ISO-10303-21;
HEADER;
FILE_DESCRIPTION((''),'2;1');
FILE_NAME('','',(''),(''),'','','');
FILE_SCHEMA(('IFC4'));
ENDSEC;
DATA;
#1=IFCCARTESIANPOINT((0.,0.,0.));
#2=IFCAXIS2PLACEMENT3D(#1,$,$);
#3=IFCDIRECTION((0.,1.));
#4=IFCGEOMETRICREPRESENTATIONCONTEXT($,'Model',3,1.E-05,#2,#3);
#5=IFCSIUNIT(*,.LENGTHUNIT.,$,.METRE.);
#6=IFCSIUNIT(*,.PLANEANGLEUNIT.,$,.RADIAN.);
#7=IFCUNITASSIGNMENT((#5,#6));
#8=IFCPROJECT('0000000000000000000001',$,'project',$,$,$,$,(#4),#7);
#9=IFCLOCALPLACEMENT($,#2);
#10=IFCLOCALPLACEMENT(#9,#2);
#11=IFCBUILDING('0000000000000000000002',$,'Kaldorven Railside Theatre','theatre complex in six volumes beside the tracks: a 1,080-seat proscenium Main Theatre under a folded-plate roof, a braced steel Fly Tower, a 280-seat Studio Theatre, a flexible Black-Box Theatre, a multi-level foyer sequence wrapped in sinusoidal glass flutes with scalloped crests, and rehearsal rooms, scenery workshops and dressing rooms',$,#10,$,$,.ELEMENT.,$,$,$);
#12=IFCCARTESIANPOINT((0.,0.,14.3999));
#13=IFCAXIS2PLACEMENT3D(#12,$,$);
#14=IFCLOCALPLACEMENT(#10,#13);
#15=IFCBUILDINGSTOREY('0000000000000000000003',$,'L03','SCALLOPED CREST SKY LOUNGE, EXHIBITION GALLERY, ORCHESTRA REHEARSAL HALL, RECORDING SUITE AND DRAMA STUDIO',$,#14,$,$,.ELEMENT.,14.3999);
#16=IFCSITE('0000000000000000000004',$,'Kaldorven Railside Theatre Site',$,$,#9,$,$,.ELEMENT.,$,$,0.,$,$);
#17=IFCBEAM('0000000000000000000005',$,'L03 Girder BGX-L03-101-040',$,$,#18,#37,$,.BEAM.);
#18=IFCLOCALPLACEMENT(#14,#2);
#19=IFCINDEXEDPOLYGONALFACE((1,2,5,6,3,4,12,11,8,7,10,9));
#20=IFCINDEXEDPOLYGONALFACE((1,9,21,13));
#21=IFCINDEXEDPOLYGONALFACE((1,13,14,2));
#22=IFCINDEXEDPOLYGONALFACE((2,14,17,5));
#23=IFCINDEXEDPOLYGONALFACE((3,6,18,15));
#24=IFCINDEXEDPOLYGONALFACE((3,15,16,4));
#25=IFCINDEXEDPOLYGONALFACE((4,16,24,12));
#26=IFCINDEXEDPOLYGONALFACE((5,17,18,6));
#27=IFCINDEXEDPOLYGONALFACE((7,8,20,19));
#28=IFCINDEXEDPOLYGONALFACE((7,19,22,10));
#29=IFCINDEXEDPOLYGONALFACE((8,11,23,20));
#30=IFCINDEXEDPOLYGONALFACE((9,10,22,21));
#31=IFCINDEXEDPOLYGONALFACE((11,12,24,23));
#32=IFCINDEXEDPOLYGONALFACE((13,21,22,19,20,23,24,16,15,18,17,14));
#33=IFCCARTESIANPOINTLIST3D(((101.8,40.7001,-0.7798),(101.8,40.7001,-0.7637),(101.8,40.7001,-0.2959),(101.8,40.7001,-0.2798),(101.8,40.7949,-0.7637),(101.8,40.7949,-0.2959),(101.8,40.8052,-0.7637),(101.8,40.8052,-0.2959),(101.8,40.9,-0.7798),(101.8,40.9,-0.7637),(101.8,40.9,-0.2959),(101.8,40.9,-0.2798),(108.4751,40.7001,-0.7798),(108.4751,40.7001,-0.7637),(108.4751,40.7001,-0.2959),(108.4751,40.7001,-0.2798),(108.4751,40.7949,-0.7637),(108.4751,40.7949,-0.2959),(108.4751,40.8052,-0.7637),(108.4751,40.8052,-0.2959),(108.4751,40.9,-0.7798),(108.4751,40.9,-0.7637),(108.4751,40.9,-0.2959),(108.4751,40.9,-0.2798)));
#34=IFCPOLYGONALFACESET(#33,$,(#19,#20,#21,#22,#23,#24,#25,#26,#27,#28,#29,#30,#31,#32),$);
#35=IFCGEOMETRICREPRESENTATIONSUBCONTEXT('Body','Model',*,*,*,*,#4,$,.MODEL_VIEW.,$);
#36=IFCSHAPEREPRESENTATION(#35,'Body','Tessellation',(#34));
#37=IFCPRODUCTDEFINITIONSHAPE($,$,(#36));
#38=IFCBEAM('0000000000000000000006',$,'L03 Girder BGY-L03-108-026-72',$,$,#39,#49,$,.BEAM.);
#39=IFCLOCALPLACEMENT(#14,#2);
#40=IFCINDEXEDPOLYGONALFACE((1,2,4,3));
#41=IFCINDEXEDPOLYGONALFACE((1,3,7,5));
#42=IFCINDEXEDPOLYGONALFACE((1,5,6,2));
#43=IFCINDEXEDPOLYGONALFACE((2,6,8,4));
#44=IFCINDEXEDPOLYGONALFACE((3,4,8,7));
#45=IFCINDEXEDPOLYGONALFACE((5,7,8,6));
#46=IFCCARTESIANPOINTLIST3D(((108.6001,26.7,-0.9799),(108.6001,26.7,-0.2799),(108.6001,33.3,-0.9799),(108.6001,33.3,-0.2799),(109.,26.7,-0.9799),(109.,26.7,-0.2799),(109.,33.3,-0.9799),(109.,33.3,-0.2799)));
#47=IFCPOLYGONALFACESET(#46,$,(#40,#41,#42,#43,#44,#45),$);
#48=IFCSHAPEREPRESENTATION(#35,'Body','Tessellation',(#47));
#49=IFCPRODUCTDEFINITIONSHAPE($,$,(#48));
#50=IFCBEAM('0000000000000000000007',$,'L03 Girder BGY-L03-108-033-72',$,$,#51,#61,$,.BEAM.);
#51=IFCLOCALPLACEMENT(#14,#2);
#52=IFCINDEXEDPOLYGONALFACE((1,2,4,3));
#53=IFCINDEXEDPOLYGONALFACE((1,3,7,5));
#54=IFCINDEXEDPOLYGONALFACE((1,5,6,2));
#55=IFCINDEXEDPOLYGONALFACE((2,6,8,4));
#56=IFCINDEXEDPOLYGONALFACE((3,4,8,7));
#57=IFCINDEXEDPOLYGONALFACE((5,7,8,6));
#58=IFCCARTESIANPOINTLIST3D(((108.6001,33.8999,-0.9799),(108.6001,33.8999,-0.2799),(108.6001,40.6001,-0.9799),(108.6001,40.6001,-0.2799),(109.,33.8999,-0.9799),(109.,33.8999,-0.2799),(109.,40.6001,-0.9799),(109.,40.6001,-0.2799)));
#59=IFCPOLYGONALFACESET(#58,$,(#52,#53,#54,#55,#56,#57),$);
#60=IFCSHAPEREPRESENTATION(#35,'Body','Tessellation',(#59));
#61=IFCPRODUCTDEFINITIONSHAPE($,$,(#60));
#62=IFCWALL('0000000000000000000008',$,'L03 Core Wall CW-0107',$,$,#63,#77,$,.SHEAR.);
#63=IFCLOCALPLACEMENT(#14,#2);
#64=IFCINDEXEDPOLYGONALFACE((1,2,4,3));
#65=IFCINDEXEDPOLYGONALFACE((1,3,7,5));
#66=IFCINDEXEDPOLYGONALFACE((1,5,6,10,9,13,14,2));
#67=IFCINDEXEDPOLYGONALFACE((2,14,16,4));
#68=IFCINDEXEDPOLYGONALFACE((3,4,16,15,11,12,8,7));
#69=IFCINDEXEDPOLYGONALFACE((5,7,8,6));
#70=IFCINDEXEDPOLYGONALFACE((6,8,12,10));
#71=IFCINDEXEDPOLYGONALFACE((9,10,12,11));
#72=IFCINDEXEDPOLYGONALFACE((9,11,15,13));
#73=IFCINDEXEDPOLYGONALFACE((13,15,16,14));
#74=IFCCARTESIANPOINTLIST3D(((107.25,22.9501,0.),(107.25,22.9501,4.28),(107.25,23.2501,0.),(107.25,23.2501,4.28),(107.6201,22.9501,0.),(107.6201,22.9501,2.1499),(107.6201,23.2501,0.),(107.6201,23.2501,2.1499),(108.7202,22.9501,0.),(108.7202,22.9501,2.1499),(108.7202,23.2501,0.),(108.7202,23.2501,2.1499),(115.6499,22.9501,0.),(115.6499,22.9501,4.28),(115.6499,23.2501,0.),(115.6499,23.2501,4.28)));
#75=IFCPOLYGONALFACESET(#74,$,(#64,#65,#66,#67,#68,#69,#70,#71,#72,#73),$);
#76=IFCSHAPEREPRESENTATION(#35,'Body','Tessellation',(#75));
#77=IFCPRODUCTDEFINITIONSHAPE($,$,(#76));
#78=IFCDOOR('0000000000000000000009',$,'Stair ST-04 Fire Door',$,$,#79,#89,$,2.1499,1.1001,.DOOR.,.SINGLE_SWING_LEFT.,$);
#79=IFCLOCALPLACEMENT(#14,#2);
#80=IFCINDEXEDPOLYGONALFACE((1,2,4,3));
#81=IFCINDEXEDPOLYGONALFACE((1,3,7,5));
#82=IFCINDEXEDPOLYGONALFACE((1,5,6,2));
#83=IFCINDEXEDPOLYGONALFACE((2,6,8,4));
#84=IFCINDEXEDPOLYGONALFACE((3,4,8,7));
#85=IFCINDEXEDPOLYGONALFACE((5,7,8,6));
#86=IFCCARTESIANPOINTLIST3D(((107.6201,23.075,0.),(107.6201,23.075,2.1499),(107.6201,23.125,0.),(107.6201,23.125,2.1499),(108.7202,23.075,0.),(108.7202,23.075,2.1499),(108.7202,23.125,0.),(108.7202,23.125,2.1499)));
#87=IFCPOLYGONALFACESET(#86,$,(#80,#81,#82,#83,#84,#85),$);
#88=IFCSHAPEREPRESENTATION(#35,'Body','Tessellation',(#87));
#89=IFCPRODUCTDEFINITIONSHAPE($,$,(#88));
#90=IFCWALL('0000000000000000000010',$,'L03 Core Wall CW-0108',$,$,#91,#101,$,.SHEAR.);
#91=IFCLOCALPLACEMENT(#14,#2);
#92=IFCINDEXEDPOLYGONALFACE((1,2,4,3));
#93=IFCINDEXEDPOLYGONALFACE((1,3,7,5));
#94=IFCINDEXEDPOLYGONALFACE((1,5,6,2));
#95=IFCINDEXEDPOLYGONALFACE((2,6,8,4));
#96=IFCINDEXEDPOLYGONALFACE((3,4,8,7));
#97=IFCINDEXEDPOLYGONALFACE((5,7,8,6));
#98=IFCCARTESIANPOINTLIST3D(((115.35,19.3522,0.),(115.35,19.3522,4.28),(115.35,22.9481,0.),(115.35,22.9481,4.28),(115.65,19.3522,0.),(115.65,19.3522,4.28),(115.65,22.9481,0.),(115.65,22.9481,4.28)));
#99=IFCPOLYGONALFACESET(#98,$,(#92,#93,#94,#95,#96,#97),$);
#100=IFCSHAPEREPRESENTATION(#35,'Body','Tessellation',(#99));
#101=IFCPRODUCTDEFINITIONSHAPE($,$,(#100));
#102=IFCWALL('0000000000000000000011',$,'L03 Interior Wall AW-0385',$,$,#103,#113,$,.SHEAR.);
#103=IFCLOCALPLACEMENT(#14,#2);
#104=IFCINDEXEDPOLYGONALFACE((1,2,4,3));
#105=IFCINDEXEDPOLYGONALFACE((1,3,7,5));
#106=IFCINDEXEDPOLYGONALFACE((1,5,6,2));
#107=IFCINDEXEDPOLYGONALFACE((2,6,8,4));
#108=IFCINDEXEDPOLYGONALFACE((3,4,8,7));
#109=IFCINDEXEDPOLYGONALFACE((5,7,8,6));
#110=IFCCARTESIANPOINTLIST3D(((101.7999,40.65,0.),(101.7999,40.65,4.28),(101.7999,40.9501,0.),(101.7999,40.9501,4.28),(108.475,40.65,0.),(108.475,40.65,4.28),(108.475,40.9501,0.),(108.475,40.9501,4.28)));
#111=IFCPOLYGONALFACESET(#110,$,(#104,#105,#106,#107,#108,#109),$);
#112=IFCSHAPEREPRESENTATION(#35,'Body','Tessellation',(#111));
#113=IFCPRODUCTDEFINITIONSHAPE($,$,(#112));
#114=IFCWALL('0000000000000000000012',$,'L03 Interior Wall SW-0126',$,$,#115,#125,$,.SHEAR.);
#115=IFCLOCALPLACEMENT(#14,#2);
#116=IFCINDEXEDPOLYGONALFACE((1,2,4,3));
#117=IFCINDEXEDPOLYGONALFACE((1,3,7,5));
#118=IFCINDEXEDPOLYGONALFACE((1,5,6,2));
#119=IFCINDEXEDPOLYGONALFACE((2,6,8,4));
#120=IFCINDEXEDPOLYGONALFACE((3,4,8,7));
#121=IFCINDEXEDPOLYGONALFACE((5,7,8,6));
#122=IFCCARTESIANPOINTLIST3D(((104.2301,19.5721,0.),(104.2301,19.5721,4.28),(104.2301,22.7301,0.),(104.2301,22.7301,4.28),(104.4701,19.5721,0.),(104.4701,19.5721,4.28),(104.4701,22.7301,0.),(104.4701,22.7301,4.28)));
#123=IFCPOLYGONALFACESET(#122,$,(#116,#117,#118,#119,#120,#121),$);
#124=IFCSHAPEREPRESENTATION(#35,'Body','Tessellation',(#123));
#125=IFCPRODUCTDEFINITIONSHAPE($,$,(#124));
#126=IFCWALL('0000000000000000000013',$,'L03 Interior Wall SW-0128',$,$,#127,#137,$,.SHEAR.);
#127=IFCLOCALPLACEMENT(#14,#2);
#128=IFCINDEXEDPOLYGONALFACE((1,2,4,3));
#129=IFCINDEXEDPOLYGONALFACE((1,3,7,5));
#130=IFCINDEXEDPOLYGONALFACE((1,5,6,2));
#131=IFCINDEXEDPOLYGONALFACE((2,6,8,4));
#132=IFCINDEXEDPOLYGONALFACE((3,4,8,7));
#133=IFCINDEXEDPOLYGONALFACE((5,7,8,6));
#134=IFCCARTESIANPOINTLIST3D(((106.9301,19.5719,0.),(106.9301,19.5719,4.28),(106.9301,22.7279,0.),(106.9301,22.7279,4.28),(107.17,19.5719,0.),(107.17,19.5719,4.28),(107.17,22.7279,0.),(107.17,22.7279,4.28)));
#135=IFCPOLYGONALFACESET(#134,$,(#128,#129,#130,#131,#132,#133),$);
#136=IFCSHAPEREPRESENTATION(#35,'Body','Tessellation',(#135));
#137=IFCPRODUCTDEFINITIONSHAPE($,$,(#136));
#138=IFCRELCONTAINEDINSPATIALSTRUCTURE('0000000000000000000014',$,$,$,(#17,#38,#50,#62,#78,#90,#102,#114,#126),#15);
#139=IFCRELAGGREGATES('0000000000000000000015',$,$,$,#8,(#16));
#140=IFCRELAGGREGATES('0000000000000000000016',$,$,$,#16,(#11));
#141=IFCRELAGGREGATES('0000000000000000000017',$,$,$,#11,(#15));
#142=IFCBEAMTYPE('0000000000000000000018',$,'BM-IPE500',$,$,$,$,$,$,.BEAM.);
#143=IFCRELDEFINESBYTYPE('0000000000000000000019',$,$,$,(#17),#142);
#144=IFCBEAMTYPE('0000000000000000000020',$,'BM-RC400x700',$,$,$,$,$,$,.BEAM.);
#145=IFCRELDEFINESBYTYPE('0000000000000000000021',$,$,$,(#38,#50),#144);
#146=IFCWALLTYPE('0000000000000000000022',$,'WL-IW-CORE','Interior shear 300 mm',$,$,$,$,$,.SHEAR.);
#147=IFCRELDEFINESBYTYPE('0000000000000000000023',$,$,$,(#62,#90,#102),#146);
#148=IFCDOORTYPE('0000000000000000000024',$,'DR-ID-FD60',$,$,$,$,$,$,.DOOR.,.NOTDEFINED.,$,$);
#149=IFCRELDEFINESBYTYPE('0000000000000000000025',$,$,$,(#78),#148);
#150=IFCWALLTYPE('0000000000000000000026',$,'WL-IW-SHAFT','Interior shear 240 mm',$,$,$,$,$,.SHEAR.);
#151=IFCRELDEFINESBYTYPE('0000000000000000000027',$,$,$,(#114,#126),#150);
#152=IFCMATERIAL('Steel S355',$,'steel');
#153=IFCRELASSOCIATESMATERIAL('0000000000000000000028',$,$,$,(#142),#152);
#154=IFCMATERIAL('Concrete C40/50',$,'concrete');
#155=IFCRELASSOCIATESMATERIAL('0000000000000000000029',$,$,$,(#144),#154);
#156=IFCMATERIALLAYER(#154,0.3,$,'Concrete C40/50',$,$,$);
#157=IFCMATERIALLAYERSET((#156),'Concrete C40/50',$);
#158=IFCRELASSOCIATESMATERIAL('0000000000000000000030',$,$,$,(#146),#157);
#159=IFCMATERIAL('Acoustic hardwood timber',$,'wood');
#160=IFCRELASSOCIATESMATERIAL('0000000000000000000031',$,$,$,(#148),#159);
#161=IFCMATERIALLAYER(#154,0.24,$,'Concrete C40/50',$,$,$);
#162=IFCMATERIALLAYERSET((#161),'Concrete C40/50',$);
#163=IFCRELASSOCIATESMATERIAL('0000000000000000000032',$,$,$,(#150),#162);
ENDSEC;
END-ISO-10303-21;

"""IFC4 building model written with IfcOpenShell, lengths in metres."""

from ifc_helpers import new_model, si_unit, direction, frame, frame_2d, origin, origin_2d, place, context, subcontext, project, spatial, rectangle, i_section, extrude, material, layer, layer_set, material_profile, profile_set, type_object, element, fill, save


model = new_model("IFC4")

# Units and contexts
model_context = context("Model", 3, precision=1e-05, world=origin(), true_north=direction((0.0, 1.0)))
body_context = subcontext(model_context, "Body", "Model", "MODEL_VIEW")
ifc_project = project(units=[si_unit("LENGTHUNIT", "METRE"), si_unit("PLANEANGLEUNIT", "RADIAN")], contexts=[model_context])

# Site, building, storey
site_placement = place(None, origin())
site = spatial("IfcSite", under=ifc_project, at=site_placement, Name="Kaldorven Railside Theatre Site", CompositionType="ELEMENT", RefElevation=0.0)
building_placement = place(site_placement, origin())
building = spatial("IfcBuilding", under=site, at=building_placement, Name="Kaldorven Railside Theatre", Description="theatre complex in six volumes beside the tracks: a 1,080-seat proscenium Main Theatre under a folded-plate roof, a braced steel Fly Tower, a 280-seat Studio Theatre, a flexible Black-Box Theatre, a multi-level foyer sequence wrapped in sinusoidal glass flutes with scalloped crests, and rehearsal rooms, scenery workshops and dressing rooms", CompositionType="ELEMENT")
storey_placement = place(building_placement, frame((0.0, 0.0, 14.3999)))
storey = spatial("IfcBuildingStorey", under=building, at=storey_placement, Name="L03", Description="SCALLOPED CREST SKY LOUNGE, EXHIBITION GALLERY, ORCHESTRA REHEARSAL HALL, RECORDING SUITE AND DRAMA STUDIO", CompositionType="ELEMENT", Elevation=14.3999)

# Shared definitions
ifc_material_1 = material(Name="Concrete C40/50", Category="concrete")

# Beams
ifc_material_2 = material(Name="Steel S355", Category="steel")
ifc_material_profile_1 = material_profile(ifc_material_2, i_section(OverallWidth=0.2, OverallDepth=0.5, WebThickness=0.0103, FlangeThickness=0.0161, at=origin_2d()), Name="IPE 500")
ifc_profile_set_1 = profile_set([ifc_material_profile_1], Name="Steel S355")
beam_type_1 = type_object("IfcBeamType", Name="BM-IPE500", PredefinedType="BEAM", material=ifc_profile_set_1)
beam_1_placement = place(storey_placement, frame((101.8, 40.8, -0.5298), z_axis=(1.0, 0.0, 0.0), x_axis=(0.0, 1.0, 0.0)))
element("IfcBeam", 1, at=beam_1_placement, inside=storey, type_object=beam_type_1, Name="L03 Girder BGX-L03-101-040", PredefinedType="BEAM", context=body_context, shape_type="SweptSolid", body=[
    extrude(i_section(OverallWidth=0.2, OverallDepth=0.5, WebThickness=0.0103, FlangeThickness=0.0161, at=origin_2d()), origin(), (0.0, 0.0, 1.0), 6.675),
])
ifc_material_profile_2 = material_profile(ifc_material_1, rectangle(XDim=0.3999, YDim=0.7, at=origin_2d()), Name="RC 400x700")
ifc_profile_set_2 = profile_set([ifc_material_profile_2], Name="Concrete C40/50")
beam_type_2 = type_object("IfcBeamType", Name="BM-RC400x700", PredefinedType="BEAM", material=ifc_profile_set_2)
beam_2_placement = place(storey_placement, frame((108.8, 26.7, -0.6299), z_axis=(0.0, 1.0, 0.0), x_axis=(-1.0, 0.0, 0.0)))
element("IfcBeam", 2, at=beam_2_placement, inside=storey, type_object=beam_type_2, Name="L03 Girder BGY-L03-108-026-72", PredefinedType="BEAM", context=body_context, shape_type="SweptSolid", body=[
    extrude(rectangle(XDim=0.3999, YDim=0.7, at=origin_2d()), origin(), (0.0, 0.0, 1.0), 6.6001),
])
beam_3_placement = place(storey_placement, frame((108.8, 33.8999, -0.6299), z_axis=(0.0, 1.0, 0.0), x_axis=(-1.0, 0.0, 0.0)))
element("IfcBeam", 3, at=beam_3_placement, inside=storey, type_object=beam_type_2, Name="L03 Girder BGY-L03-108-033-72", PredefinedType="BEAM", context=body_context, shape_type="SweptSolid", body=[
    extrude(rectangle(XDim=0.3999, YDim=0.7, at=origin_2d()), origin(), (0.0, 0.0, 1.0), 6.7002),
])

# Wall, opening, door
ifc_layer_1 = layer(ifc_material_1, 0.3, Name="Concrete C40/50")
ifc_layer_set_1 = layer_set([ifc_layer_1], Name="Concrete C40/50")
wall_type_1 = type_object("IfcWallType", Name="WL-IW-CORE", Description="Interior shear 300 mm", PredefinedType="SHEAR", material=ifc_layer_set_1)
wall_1_placement = place(storey_placement, frame((107.25, 23.1001, 0.0), z_axis=(0.0, 0.0, 1.0), x_axis=(1.0, 0.0, 0.0)))
wall_1 = element("IfcWall", 4, at=wall_1_placement, inside=storey, type_object=wall_type_1, Name="L03 Core Wall CW-0107", PredefinedType="SHEAR", context=body_context, shape_type="SweptSolid", body=[
    extrude(rectangle(XDim=8.3999, YDim=0.3, at=frame_2d((4.2, 0.0))), origin(), (0.0, 0.0, 1.0), 4.28),
])
opening_1_placement = place(wall_1_placement, frame((0.3701, 0.0, 0.0)))
opening_1 = element("IfcOpeningElement", 5, at=opening_1_placement, cuts=wall_1, PredefinedType="OPENING", context=body_context, shape_type="SweptSolid", body=[
    extrude(rectangle(XDim=1.1001, YDim=2.1499, at=frame_2d((0.55, 1.075))), frame((0.0, 0.1602, 0.0), z_axis=(0.0, -1.0, 0.0), x_axis=(1.0, 0.0, 0.0)), (0.0, 0.0, 1.0), 0.3201),
])
ifc_material_3 = material(Name="Acoustic hardwood timber", Category="wood")
door_type_1 = type_object("IfcDoorType", Name="DR-ID-FD60", OperationType="NOTDEFINED", PredefinedType="DOOR", material=ifc_material_3)
door_1_placement = place(opening_1_placement, origin())
door_1 = element("IfcDoor", 6, at=door_1_placement, inside=storey, type_object=door_type_1, Name="Stair ST-04 Fire Door", OperationType="SINGLE_SWING_LEFT", OverallHeight=2.1499, OverallWidth=1.1001, PredefinedType="DOOR", context=body_context, shape_type="SweptSolid", body=[
    extrude(rectangle(XDim=1.1001, YDim=2.1499, at=frame_2d((0.55, 1.075))), frame((0.0, 0.0249, 0.0), z_axis=(0.0, -1.0, 0.0), x_axis=(1.0, 0.0, 0.0)), (0.0, 0.0, 1.0), 0.05),
])
fill(opening_1, door_1)

# Walls
wall_2_placement = place(storey_placement, frame((115.5, 22.948, 0.0), z_axis=(0.0, 0.0, 1.0), x_axis=(0.0, -1.0, 0.0)))
element("IfcWall", 7, at=wall_2_placement, inside=storey, type_object=wall_type_1, Name="L03 Core Wall CW-0108", PredefinedType="SHEAR", context=body_context, shape_type="SweptSolid", body=[
    extrude(rectangle(XDim=3.5959, YDim=0.3, at=frame_2d((1.7979, 0.0))), origin(), (0.0, 0.0, 1.0), 4.28),
])
wall_3_placement = place(storey_placement, frame((101.8, 40.8, 0.0), z_axis=(0.0, 0.0, 1.0), x_axis=(1.0, 0.0, 0.0)))
element("IfcWall", 8, at=wall_3_placement, inside=storey, type_object=wall_type_1, Name="L03 Interior Wall AW-0385", PredefinedType="SHEAR", context=body_context, shape_type="SweptSolid", body=[
    extrude(rectangle(XDim=6.675, YDim=0.3, at=frame_2d((3.3374, 0.0))), origin(), (0.0, 0.0, 1.0), 4.28),
])
ifc_layer_2 = layer(ifc_material_1, 0.24, Name="Concrete C40/50")
ifc_layer_set_2 = layer_set([ifc_layer_2], Name="Concrete C40/50")
wall_type_2 = type_object("IfcWallType", Name="WL-IW-SHAFT", Description="Interior shear 240 mm", PredefinedType="SHEAR", material=ifc_layer_set_2)
wall_4_placement = place(storey_placement, frame((104.3501, 19.572, 0.0), z_axis=(0.0, 0.0, 1.0), x_axis=(0.0, 1.0, 0.0)))
element("IfcWall", 9, at=wall_4_placement, inside=storey, type_object=wall_type_2, Name="L03 Interior Wall SW-0126", PredefinedType="SHEAR", context=body_context, shape_type="SweptSolid", body=[
    extrude(rectangle(XDim=3.158, YDim=0.24, at=frame_2d((1.5791, 0.0))), origin(), (0.0, 0.0, 1.0), 4.28),
])

# Wall
wall_5_placement = place(storey_placement, frame((107.05, 22.728, 0.0), z_axis=(0.0, 0.0, 1.0), x_axis=(0.0, -1.0, 0.0)))
element("IfcWall", 10, at=wall_5_placement, inside=storey, type_object=wall_type_2, Name="L03 Interior Wall SW-0128", PredefinedType="SHEAR", context=body_context, shape_type="SweptSolid", body=[
    extrude(rectangle(XDim=3.156, YDim=0.24, at=frame_2d((1.5781, 0.0))), origin(), (0.0, 0.0, 1.0), 4.28),
])

save(model, "model.ifc")
